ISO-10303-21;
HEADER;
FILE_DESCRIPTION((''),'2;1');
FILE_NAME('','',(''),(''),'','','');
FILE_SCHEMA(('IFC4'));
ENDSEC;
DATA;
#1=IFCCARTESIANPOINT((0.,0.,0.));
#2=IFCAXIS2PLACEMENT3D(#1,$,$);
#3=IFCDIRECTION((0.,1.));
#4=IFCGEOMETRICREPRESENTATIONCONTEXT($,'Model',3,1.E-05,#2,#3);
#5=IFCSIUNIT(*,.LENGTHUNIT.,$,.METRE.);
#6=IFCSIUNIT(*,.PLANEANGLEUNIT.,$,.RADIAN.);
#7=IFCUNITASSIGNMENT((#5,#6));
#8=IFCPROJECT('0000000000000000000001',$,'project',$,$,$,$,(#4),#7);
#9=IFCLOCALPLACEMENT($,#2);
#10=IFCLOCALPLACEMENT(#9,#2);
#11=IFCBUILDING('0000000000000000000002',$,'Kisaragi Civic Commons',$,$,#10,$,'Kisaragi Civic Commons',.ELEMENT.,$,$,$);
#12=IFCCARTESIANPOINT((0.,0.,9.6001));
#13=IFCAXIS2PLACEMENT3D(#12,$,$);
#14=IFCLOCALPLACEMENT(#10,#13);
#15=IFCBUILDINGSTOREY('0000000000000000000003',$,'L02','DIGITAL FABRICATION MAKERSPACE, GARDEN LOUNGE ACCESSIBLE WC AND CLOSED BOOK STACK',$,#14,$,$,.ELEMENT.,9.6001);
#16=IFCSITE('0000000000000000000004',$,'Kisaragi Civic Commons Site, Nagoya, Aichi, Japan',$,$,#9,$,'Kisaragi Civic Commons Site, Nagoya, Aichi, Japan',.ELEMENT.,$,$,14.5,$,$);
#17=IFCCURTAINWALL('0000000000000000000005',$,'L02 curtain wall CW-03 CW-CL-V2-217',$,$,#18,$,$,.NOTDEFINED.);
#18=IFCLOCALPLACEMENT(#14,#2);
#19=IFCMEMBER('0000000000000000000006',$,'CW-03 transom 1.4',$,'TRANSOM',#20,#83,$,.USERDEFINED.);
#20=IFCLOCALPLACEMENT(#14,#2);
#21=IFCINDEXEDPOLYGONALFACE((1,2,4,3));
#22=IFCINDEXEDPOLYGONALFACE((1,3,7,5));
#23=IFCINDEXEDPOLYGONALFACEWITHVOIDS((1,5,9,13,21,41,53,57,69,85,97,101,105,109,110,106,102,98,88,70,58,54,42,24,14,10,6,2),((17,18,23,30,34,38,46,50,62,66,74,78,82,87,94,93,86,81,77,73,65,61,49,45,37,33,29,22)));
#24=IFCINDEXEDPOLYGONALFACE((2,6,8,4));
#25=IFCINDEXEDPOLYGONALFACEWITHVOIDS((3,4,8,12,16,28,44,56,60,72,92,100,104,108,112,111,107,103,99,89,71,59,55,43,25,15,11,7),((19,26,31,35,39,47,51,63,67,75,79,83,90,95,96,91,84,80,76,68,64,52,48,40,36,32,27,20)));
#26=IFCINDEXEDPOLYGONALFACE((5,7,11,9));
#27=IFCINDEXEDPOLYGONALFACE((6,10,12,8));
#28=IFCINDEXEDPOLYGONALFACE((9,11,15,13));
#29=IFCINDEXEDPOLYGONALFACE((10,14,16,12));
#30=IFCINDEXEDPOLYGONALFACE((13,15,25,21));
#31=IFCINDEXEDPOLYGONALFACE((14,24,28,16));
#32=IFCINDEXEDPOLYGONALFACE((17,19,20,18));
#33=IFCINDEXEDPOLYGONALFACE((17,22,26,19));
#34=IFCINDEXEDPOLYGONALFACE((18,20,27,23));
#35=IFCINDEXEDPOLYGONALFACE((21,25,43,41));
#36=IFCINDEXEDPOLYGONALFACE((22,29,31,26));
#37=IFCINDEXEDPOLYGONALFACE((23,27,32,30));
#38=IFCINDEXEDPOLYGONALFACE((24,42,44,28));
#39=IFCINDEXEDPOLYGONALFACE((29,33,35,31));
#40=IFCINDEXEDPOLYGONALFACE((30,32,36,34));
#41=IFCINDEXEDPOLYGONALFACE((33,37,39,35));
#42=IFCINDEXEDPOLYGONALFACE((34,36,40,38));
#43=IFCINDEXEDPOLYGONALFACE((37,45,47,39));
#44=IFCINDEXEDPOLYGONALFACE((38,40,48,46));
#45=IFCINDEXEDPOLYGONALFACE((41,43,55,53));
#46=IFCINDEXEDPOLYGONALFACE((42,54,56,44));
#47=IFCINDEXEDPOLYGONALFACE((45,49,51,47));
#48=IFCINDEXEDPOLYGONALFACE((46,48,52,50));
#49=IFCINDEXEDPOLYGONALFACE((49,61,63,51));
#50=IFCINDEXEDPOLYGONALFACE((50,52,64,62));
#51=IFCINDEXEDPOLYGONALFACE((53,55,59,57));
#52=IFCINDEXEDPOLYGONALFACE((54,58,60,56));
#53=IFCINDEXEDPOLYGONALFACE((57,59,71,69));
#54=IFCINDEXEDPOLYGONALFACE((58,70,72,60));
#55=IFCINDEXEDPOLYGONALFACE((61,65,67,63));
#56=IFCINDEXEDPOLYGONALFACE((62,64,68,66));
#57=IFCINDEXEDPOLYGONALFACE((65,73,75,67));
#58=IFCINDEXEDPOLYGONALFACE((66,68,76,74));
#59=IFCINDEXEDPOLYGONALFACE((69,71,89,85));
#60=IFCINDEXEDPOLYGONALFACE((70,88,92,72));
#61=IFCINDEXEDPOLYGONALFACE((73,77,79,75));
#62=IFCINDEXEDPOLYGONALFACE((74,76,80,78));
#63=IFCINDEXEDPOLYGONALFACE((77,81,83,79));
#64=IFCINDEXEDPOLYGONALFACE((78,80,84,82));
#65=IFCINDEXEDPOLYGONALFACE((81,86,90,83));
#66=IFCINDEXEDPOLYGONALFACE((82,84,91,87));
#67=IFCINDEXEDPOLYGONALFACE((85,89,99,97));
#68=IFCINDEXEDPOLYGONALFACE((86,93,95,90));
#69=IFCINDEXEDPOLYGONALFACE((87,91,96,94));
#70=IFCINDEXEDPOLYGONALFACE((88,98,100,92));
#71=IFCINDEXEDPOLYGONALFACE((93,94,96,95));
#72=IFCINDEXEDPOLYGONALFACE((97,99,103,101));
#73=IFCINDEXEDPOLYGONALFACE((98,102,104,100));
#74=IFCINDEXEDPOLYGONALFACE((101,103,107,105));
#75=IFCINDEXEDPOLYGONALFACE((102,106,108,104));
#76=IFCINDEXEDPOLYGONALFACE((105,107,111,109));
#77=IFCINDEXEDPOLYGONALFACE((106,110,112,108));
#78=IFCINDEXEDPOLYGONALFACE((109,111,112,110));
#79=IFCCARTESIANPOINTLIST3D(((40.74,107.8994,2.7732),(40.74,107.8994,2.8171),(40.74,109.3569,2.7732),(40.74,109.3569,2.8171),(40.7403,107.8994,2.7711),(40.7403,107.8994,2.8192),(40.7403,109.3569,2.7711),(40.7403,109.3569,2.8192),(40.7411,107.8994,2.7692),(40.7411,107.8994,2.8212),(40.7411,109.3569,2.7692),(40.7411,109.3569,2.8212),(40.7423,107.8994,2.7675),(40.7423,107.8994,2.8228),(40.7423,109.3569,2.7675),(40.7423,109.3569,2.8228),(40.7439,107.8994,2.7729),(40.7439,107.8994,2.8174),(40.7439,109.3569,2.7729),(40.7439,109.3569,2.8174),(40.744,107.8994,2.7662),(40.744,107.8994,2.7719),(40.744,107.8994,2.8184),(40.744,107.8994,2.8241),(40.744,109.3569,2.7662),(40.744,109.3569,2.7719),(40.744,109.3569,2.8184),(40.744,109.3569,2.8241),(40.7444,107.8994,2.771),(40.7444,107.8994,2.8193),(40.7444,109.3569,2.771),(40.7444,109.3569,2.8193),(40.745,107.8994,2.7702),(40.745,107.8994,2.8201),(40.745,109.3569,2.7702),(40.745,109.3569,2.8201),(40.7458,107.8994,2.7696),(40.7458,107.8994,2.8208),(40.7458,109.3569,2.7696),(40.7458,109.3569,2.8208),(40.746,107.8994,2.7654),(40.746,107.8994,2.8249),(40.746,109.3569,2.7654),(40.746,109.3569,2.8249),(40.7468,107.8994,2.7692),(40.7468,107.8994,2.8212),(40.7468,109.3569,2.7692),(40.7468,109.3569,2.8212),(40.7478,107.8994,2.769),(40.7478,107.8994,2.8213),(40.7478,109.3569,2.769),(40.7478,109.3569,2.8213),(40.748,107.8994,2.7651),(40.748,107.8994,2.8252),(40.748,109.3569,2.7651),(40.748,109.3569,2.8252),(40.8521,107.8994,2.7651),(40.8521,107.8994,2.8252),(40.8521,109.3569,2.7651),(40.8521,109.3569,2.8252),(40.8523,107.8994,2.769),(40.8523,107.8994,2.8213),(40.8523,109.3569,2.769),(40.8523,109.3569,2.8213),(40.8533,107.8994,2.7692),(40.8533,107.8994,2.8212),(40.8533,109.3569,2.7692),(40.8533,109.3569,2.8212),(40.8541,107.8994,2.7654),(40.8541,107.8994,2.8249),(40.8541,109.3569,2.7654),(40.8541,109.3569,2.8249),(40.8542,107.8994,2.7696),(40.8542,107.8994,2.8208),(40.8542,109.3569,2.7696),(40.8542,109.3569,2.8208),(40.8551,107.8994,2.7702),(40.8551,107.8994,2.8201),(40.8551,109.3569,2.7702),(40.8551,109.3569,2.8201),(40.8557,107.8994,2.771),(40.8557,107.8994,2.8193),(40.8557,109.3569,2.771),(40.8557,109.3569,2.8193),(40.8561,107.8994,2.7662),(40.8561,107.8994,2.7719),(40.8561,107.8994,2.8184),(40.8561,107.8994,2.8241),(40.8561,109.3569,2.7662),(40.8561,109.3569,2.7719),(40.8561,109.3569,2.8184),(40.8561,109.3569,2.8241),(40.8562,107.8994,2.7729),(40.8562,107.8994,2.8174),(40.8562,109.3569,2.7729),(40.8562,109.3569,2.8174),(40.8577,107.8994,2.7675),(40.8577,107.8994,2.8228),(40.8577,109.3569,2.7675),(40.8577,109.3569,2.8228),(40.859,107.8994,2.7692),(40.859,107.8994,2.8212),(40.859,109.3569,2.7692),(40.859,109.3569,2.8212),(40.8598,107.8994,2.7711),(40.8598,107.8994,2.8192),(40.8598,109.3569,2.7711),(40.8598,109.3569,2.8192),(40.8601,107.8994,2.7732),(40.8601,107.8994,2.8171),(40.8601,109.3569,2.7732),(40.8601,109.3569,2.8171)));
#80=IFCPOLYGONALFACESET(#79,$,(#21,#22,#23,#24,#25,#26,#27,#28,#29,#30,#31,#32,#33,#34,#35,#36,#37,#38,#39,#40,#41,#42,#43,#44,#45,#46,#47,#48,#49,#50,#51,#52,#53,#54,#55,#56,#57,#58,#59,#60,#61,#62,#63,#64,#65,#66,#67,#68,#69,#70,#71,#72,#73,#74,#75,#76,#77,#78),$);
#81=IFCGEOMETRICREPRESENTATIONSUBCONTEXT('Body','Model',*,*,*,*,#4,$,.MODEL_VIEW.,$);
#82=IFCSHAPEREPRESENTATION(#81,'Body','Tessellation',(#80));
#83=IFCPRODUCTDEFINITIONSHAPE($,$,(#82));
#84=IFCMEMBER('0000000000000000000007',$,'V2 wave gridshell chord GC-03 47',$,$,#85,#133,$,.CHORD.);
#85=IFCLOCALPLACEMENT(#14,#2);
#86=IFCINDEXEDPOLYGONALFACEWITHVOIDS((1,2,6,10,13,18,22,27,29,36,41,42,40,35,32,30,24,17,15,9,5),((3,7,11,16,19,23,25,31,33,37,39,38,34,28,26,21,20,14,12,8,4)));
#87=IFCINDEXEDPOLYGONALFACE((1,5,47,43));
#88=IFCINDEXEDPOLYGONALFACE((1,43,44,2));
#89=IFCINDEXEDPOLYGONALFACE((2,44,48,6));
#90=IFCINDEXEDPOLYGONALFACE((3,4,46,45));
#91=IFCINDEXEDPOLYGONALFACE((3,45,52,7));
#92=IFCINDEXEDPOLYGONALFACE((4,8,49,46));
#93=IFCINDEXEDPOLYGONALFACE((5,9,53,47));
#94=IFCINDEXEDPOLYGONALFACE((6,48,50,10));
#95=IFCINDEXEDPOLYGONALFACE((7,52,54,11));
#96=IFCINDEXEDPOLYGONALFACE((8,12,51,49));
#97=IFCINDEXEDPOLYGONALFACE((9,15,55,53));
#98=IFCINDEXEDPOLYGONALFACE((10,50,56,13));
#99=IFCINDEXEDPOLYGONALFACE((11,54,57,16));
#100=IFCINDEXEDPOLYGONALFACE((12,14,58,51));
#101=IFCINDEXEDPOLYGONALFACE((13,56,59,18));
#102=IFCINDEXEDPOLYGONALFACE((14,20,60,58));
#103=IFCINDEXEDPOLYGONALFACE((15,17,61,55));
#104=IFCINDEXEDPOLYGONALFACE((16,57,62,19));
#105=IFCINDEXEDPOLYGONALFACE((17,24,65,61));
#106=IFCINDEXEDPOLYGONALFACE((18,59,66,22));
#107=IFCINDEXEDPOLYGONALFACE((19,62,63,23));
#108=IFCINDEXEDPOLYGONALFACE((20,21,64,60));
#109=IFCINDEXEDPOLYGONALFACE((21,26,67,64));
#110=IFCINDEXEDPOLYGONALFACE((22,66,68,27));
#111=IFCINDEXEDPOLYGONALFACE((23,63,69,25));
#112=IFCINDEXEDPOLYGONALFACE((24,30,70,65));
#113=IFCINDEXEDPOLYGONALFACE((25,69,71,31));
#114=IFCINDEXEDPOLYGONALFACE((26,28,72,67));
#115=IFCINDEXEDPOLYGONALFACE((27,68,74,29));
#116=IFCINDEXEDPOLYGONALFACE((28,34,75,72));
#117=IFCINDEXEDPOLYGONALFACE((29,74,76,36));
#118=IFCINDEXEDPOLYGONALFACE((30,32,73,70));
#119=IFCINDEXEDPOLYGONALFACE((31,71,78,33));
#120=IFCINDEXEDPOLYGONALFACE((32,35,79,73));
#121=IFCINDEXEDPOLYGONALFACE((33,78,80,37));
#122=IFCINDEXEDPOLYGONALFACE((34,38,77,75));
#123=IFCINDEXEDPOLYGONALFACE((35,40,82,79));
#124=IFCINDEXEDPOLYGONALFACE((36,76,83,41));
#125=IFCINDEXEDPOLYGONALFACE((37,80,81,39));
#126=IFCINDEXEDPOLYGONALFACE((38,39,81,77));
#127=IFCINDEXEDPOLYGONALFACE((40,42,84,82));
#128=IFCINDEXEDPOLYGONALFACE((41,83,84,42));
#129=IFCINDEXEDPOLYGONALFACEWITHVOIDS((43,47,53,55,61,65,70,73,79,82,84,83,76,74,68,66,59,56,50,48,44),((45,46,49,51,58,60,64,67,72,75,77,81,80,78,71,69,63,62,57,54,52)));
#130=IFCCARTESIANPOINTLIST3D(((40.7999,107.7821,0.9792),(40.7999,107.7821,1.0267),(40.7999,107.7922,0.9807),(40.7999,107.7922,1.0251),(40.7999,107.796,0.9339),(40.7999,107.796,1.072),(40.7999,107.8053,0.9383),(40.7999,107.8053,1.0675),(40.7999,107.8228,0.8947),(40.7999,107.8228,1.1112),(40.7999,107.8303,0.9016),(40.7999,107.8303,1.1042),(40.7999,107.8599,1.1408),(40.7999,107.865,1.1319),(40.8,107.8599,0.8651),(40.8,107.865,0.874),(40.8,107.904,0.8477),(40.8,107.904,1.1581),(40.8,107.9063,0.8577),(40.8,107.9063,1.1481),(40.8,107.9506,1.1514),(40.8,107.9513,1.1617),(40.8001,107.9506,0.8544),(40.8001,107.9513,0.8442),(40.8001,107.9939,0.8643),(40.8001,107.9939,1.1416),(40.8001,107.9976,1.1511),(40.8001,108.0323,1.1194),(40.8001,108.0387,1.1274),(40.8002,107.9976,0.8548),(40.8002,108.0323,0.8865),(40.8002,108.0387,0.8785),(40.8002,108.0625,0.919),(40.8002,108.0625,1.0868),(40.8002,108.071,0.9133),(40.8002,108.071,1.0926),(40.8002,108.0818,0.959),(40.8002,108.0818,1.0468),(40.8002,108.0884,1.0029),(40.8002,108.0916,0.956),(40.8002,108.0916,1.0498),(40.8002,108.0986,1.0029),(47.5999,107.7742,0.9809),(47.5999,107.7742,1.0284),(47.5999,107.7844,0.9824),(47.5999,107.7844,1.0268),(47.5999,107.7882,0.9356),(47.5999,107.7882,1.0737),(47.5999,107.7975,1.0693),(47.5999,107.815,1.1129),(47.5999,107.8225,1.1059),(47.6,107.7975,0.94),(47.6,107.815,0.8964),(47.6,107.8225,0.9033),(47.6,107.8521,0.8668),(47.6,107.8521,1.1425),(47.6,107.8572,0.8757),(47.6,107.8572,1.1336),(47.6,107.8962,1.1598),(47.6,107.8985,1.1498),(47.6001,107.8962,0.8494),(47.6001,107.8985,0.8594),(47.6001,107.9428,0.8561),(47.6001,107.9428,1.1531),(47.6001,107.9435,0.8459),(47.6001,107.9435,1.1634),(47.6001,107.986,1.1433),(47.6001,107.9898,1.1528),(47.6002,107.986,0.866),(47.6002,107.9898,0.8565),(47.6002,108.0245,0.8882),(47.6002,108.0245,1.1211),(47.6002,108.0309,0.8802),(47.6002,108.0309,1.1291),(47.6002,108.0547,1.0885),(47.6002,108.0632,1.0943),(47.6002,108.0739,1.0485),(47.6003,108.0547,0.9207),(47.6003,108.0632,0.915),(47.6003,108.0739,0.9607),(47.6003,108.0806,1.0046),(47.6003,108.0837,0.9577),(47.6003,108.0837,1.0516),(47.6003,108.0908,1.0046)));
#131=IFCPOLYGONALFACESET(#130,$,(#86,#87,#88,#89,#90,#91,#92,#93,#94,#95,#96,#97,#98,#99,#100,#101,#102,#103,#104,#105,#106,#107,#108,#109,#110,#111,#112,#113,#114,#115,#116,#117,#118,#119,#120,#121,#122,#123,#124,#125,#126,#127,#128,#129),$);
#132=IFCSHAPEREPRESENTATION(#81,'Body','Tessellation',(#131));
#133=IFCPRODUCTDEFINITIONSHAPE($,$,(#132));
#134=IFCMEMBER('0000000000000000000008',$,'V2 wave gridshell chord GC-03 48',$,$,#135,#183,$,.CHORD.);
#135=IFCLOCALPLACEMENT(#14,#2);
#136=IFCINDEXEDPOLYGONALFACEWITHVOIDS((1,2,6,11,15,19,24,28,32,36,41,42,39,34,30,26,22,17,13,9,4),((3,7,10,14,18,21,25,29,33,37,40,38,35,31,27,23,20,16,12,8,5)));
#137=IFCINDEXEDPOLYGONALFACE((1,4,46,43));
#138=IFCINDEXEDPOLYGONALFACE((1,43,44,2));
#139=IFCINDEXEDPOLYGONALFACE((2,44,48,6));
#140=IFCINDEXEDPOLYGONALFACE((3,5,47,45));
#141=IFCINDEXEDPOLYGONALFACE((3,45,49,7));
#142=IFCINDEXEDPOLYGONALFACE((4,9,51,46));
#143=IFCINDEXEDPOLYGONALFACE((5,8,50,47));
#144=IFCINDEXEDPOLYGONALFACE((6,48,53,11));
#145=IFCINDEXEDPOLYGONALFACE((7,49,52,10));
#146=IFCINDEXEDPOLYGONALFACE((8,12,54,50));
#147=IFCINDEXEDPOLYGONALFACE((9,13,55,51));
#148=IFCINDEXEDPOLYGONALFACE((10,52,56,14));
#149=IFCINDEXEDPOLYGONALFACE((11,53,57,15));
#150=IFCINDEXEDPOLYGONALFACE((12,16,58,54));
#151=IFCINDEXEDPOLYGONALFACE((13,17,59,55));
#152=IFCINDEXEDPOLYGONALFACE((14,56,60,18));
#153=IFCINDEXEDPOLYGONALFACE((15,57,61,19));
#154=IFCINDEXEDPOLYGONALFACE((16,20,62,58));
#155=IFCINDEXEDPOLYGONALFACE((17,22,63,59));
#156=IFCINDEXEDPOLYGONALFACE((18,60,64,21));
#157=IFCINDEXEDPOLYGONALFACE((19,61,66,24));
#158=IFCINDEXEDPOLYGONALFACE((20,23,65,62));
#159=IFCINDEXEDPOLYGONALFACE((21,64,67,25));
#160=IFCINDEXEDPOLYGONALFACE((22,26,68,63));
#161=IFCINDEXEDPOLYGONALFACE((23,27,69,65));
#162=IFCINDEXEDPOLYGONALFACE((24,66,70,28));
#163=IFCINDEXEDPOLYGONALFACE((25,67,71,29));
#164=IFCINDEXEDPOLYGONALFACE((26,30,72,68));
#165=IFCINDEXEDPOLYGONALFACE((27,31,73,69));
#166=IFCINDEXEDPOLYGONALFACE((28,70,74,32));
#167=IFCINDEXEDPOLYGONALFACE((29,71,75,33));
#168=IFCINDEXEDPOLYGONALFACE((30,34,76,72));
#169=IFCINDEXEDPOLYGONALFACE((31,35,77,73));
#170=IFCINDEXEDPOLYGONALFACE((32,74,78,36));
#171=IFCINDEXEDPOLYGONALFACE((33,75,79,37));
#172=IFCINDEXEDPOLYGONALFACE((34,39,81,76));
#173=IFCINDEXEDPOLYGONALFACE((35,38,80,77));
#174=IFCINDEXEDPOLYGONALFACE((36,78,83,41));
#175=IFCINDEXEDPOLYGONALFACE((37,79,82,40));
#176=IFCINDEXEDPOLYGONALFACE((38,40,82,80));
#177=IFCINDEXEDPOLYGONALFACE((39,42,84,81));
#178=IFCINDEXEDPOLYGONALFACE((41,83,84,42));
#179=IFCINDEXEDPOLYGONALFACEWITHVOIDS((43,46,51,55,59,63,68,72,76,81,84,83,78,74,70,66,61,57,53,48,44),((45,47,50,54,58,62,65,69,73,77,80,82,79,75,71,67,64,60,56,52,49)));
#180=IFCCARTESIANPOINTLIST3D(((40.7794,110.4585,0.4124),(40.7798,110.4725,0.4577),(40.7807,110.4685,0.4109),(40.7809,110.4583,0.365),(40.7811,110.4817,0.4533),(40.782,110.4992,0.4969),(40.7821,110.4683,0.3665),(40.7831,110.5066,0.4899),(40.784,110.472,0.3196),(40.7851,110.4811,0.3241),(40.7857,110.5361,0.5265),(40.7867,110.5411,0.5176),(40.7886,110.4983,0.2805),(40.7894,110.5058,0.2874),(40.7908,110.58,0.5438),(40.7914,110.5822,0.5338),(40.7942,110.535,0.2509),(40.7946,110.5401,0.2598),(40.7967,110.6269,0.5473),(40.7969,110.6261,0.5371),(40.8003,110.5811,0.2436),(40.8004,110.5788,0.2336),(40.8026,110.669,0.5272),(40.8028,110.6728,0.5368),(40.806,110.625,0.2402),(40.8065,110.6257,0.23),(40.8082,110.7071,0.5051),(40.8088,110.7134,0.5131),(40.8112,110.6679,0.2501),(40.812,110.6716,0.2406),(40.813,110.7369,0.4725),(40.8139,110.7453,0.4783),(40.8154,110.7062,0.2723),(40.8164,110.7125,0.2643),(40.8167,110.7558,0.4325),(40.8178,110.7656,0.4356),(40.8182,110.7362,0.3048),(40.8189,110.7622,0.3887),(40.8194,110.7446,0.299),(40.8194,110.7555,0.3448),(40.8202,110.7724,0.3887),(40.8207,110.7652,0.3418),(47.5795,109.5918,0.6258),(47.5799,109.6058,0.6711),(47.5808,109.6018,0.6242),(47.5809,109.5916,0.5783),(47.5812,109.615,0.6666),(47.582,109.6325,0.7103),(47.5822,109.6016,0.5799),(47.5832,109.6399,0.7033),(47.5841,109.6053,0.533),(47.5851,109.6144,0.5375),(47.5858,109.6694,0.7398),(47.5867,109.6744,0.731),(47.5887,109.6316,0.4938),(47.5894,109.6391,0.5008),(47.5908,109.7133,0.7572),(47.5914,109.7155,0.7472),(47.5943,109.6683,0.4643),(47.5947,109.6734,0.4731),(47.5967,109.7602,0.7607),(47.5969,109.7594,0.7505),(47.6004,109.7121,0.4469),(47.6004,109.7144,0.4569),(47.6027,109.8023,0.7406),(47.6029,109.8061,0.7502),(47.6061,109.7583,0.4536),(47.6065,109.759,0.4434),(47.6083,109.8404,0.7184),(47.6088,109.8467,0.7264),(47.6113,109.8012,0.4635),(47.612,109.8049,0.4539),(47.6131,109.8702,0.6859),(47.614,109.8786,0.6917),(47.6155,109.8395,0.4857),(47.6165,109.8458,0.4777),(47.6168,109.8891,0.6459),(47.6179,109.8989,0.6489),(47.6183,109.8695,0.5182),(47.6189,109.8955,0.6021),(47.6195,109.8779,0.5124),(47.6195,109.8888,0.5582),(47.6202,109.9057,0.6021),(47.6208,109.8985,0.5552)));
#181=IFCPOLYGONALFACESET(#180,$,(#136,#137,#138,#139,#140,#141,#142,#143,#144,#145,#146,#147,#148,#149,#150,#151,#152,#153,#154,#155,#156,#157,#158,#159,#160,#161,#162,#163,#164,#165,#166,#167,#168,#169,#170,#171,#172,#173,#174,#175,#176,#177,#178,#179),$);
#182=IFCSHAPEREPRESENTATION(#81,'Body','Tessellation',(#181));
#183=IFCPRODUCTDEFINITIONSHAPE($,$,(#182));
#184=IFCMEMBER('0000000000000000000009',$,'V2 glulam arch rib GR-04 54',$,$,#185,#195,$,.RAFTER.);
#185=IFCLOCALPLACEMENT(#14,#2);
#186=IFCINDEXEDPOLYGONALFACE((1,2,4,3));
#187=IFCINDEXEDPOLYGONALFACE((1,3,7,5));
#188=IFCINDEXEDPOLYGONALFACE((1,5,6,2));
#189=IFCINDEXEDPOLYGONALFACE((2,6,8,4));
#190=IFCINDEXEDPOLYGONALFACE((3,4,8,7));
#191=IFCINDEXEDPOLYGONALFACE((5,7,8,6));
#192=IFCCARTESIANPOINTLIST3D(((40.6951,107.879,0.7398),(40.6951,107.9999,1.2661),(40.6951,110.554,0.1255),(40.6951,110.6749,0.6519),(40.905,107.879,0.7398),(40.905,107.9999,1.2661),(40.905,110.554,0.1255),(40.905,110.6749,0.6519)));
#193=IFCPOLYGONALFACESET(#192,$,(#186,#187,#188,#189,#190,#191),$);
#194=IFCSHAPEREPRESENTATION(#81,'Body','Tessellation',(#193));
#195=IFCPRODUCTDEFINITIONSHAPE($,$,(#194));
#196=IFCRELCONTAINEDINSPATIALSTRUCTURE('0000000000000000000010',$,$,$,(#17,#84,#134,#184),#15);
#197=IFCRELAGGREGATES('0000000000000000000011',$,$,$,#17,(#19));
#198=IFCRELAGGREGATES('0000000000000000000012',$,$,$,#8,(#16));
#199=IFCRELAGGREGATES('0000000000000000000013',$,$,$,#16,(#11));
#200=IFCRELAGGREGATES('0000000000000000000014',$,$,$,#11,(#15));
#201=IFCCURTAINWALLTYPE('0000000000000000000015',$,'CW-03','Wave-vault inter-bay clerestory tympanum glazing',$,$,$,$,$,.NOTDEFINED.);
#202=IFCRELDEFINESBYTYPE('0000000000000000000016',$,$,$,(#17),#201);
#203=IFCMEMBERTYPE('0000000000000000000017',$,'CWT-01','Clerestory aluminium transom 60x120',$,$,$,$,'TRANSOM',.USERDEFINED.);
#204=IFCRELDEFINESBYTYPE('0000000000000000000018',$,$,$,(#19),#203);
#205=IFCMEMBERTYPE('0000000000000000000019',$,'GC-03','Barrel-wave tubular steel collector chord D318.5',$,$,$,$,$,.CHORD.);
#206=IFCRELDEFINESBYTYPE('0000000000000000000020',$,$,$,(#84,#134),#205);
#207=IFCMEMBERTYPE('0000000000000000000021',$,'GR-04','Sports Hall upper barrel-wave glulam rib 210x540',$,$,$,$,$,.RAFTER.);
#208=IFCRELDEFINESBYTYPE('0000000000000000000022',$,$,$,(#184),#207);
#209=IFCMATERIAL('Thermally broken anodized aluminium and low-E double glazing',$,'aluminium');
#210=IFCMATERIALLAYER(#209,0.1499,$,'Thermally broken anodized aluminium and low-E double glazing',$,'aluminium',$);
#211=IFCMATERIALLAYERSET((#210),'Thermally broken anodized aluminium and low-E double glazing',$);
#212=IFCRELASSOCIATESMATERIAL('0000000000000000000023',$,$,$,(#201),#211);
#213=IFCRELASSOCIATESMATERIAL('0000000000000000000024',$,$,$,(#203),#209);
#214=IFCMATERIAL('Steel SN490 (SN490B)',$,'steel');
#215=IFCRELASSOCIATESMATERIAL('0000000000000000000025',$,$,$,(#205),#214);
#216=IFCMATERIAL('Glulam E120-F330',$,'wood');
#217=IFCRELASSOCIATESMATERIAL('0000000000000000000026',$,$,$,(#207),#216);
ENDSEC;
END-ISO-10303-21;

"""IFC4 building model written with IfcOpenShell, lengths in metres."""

from ifc_helpers import new_model, si_unit, direction, frame, origin, origin_2d, place, context, subcontext, project, spatial, rectangle, hollow_rectangle, hollow_circle, extrude, material, layer, layer_set, material_profile, profile_set, type_object, element, aggregate, save


model = new_model("IFC4")

# Units and contexts
model_context = context("Model", 3, precision=1e-05, world=origin(), true_north=direction((0.0, 1.0)))
body_context = subcontext(model_context, "Body", "Model", "MODEL_VIEW")
ifc_project = project(units=[si_unit("LENGTHUNIT", "METRE"), si_unit("PLANEANGLEUNIT", "RADIAN")], contexts=[model_context])

# Site, building, storey
site_placement = place(None, origin())
site = spatial("IfcSite", under=ifc_project, at=site_placement, Name="Kisaragi Civic Commons Site, Nagoya, Aichi, Japan", LongName="Kisaragi Civic Commons Site, Nagoya, Aichi, Japan", CompositionType="ELEMENT", RefElevation=14.5)
building_placement = place(site_placement, origin())
building = spatial("IfcBuilding", under=site, at=building_placement, Name="Kisaragi Civic Commons", LongName="Kisaragi Civic Commons", CompositionType="ELEMENT")
storey_placement = place(building_placement, frame((0.0, 0.0, 9.6001)))
storey = spatial("IfcBuildingStorey", under=building, at=storey_placement, Name="L02", Description="DIGITAL FABRICATION MAKERSPACE, GARDEN LOUNGE ACCESSIBLE WC AND CLOSED BOOK STACK", CompositionType="ELEMENT", Elevation=9.6001)

# Shared definitions
ifc_material_1 = material(Name="Thermally broken anodized aluminium and low-E double glazing", Category="aluminium")
ifc_layer_1 = layer(ifc_material_1, 0.1499, Name="Thermally broken anodized aluminium and low-E double glazing", Category="aluminium")
ifc_layer_set_1 = layer_set([ifc_layer_1], Name="Thermally broken anodized aluminium and low-E double glazing")
curtain_wall_type = type_object("IfcCurtainWallType", Name="CW-03", Description="Wave-vault inter-bay clerestory tympanum glazing", PredefinedType="NOTDEFINED", material=ifc_layer_set_1)

# Curtain wall, member
curtain_wall_1_placement = place(storey_placement, origin())
curtain_wall_1 = element("IfcCurtainWall", 1, at=curtain_wall_1_placement, inside=storey, type_object=curtain_wall_type, Name="L02 curtain wall CW-03 CW-CL-V2-217", PredefinedType="NOTDEFINED")
ifc_material_profile_1 = material_profile(ifc_material_1, hollow_rectangle(XDim=0.1201, YDim=0.0601, WallThickness=0.0039, InnerFilletRadius=0.0039, OuterFilletRadius=0.0081, at=origin_2d()), Name="CWT-60x120x4", Category="aluminium")
ifc_profile_set_1 = profile_set([ifc_material_profile_1], Name="Thermally broken anodized aluminium and low-E double glazing")
member_type_1 = type_object("IfcMemberType", Name="CWT-01", Description="Clerestory aluminium transom 60x120", ElementType="TRANSOM", PredefinedType="USERDEFINED", material=ifc_profile_set_1)
member_1_placement = place(storey_placement, frame((40.8, 107.8994, 2.7952), z_axis=(0.0, 1.0, 0.0), x_axis=(-1.0, 0.0, 0.0)))
member_1 = element("IfcMember", 2, at=member_1_placement, type_object=member_type_1, Name="CW-03 transom 1.4", ObjectType="TRANSOM", PredefinedType="USERDEFINED", context=body_context, shape_type="SweptSolid", body=[
    extrude(hollow_rectangle(XDim=0.1201, YDim=0.0601, WallThickness=0.0039, InnerFilletRadius=0.0039, OuterFilletRadius=0.0081, at=origin_2d()), origin(), (0.0, 0.0, 1.0), 1.4575),
])

# Members
ifc_material_2 = material(Name="Steel SN490 (SN490B)", Category="steel")
ifc_material_profile_2 = material_profile(ifc_material_2, hollow_circle(Radius=0.1592, WallThickness=0.0103, at=origin_2d()), Name="CHS-318.5x10.3", Category="steel")
ifc_profile_set_2 = profile_set([ifc_material_profile_2], Name="Steel SN490 (SN490B)")
member_type_2 = type_object("IfcMemberType", Name="GC-03", Description="Barrel-wave tubular steel collector chord D318.5", PredefinedType="CHORD", material=ifc_profile_set_2)
member_2_placement = place(storey_placement, frame((40.8, 107.9395, 1.0029), z_axis=(0.999999, -0.001149, 0.000251), x_axis=(0.001149, 0.999999, 0.0)))
element("IfcMember", 3, at=member_2_placement, inside=storey, type_object=member_type_2, Name="V2 wave gridshell chord GC-03 47", PredefinedType="CHORD", context=body_context, shape_type="SweptSolid", body=[
    extrude(hollow_circle(Radius=0.1592, WallThickness=0.0103, at=origin_2d()), origin(), (0.0, 0.0, 1.0), 6.8),
])
member_3_placement = place(storey_placement, frame((40.8, 110.6145, 0.3887), z_axis=(0.991495, -0.126371, 0.031112), x_axis=(0.126432, 0.991975, 0.0)))
element("IfcMember", 4, at=member_3_placement, inside=storey, type_object=member_type_2, Name="V2 wave gridshell chord GC-03 48", PredefinedType="CHORD", context=body_context, shape_type="SweptSolid", body=[
    extrude(hollow_circle(Radius=0.1592, WallThickness=0.0103, at=origin_2d()), origin(), (0.0, 0.0, 1.0), 6.8584),
])
ifc_material_3 = material(Name="Glulam E120-F330", Category="wood")
ifc_material_profile_3 = material_profile(ifc_material_3, rectangle(XDim=0.21, YDim=0.54, at=origin_2d()), Name="GL-210x540", Category="wood")
ifc_profile_set_3 = profile_set([ifc_material_profile_3], Name="Glulam E120-F330")
member_type_3 = type_object("IfcMemberType", Name="GR-04", Description="Sports Hall upper barrel-wave glulam rib 210x540", PredefinedType="RAFTER", material=ifc_profile_set_3)
member_4_placement = place(storey_placement, frame((40.8, 107.9395, 1.0029), z_axis=(0.0, 0.974635, -0.2238), x_axis=(-1.0, 0.0, 0.0)))
element("IfcMember", 5, at=member_4_placement, inside=storey, type_object=member_type_3, Name="V2 glulam arch rib GR-04 54", PredefinedType="RAFTER", context=body_context, shape_type="SweptSolid", body=[
    extrude(rectangle(XDim=0.21, YDim=0.54, at=origin_2d()), origin(), (0.0, 0.0, 1.0), 2.7446),
])

aggregate(curtain_wall_1, [member_1])

save(model, "model.ifc")
